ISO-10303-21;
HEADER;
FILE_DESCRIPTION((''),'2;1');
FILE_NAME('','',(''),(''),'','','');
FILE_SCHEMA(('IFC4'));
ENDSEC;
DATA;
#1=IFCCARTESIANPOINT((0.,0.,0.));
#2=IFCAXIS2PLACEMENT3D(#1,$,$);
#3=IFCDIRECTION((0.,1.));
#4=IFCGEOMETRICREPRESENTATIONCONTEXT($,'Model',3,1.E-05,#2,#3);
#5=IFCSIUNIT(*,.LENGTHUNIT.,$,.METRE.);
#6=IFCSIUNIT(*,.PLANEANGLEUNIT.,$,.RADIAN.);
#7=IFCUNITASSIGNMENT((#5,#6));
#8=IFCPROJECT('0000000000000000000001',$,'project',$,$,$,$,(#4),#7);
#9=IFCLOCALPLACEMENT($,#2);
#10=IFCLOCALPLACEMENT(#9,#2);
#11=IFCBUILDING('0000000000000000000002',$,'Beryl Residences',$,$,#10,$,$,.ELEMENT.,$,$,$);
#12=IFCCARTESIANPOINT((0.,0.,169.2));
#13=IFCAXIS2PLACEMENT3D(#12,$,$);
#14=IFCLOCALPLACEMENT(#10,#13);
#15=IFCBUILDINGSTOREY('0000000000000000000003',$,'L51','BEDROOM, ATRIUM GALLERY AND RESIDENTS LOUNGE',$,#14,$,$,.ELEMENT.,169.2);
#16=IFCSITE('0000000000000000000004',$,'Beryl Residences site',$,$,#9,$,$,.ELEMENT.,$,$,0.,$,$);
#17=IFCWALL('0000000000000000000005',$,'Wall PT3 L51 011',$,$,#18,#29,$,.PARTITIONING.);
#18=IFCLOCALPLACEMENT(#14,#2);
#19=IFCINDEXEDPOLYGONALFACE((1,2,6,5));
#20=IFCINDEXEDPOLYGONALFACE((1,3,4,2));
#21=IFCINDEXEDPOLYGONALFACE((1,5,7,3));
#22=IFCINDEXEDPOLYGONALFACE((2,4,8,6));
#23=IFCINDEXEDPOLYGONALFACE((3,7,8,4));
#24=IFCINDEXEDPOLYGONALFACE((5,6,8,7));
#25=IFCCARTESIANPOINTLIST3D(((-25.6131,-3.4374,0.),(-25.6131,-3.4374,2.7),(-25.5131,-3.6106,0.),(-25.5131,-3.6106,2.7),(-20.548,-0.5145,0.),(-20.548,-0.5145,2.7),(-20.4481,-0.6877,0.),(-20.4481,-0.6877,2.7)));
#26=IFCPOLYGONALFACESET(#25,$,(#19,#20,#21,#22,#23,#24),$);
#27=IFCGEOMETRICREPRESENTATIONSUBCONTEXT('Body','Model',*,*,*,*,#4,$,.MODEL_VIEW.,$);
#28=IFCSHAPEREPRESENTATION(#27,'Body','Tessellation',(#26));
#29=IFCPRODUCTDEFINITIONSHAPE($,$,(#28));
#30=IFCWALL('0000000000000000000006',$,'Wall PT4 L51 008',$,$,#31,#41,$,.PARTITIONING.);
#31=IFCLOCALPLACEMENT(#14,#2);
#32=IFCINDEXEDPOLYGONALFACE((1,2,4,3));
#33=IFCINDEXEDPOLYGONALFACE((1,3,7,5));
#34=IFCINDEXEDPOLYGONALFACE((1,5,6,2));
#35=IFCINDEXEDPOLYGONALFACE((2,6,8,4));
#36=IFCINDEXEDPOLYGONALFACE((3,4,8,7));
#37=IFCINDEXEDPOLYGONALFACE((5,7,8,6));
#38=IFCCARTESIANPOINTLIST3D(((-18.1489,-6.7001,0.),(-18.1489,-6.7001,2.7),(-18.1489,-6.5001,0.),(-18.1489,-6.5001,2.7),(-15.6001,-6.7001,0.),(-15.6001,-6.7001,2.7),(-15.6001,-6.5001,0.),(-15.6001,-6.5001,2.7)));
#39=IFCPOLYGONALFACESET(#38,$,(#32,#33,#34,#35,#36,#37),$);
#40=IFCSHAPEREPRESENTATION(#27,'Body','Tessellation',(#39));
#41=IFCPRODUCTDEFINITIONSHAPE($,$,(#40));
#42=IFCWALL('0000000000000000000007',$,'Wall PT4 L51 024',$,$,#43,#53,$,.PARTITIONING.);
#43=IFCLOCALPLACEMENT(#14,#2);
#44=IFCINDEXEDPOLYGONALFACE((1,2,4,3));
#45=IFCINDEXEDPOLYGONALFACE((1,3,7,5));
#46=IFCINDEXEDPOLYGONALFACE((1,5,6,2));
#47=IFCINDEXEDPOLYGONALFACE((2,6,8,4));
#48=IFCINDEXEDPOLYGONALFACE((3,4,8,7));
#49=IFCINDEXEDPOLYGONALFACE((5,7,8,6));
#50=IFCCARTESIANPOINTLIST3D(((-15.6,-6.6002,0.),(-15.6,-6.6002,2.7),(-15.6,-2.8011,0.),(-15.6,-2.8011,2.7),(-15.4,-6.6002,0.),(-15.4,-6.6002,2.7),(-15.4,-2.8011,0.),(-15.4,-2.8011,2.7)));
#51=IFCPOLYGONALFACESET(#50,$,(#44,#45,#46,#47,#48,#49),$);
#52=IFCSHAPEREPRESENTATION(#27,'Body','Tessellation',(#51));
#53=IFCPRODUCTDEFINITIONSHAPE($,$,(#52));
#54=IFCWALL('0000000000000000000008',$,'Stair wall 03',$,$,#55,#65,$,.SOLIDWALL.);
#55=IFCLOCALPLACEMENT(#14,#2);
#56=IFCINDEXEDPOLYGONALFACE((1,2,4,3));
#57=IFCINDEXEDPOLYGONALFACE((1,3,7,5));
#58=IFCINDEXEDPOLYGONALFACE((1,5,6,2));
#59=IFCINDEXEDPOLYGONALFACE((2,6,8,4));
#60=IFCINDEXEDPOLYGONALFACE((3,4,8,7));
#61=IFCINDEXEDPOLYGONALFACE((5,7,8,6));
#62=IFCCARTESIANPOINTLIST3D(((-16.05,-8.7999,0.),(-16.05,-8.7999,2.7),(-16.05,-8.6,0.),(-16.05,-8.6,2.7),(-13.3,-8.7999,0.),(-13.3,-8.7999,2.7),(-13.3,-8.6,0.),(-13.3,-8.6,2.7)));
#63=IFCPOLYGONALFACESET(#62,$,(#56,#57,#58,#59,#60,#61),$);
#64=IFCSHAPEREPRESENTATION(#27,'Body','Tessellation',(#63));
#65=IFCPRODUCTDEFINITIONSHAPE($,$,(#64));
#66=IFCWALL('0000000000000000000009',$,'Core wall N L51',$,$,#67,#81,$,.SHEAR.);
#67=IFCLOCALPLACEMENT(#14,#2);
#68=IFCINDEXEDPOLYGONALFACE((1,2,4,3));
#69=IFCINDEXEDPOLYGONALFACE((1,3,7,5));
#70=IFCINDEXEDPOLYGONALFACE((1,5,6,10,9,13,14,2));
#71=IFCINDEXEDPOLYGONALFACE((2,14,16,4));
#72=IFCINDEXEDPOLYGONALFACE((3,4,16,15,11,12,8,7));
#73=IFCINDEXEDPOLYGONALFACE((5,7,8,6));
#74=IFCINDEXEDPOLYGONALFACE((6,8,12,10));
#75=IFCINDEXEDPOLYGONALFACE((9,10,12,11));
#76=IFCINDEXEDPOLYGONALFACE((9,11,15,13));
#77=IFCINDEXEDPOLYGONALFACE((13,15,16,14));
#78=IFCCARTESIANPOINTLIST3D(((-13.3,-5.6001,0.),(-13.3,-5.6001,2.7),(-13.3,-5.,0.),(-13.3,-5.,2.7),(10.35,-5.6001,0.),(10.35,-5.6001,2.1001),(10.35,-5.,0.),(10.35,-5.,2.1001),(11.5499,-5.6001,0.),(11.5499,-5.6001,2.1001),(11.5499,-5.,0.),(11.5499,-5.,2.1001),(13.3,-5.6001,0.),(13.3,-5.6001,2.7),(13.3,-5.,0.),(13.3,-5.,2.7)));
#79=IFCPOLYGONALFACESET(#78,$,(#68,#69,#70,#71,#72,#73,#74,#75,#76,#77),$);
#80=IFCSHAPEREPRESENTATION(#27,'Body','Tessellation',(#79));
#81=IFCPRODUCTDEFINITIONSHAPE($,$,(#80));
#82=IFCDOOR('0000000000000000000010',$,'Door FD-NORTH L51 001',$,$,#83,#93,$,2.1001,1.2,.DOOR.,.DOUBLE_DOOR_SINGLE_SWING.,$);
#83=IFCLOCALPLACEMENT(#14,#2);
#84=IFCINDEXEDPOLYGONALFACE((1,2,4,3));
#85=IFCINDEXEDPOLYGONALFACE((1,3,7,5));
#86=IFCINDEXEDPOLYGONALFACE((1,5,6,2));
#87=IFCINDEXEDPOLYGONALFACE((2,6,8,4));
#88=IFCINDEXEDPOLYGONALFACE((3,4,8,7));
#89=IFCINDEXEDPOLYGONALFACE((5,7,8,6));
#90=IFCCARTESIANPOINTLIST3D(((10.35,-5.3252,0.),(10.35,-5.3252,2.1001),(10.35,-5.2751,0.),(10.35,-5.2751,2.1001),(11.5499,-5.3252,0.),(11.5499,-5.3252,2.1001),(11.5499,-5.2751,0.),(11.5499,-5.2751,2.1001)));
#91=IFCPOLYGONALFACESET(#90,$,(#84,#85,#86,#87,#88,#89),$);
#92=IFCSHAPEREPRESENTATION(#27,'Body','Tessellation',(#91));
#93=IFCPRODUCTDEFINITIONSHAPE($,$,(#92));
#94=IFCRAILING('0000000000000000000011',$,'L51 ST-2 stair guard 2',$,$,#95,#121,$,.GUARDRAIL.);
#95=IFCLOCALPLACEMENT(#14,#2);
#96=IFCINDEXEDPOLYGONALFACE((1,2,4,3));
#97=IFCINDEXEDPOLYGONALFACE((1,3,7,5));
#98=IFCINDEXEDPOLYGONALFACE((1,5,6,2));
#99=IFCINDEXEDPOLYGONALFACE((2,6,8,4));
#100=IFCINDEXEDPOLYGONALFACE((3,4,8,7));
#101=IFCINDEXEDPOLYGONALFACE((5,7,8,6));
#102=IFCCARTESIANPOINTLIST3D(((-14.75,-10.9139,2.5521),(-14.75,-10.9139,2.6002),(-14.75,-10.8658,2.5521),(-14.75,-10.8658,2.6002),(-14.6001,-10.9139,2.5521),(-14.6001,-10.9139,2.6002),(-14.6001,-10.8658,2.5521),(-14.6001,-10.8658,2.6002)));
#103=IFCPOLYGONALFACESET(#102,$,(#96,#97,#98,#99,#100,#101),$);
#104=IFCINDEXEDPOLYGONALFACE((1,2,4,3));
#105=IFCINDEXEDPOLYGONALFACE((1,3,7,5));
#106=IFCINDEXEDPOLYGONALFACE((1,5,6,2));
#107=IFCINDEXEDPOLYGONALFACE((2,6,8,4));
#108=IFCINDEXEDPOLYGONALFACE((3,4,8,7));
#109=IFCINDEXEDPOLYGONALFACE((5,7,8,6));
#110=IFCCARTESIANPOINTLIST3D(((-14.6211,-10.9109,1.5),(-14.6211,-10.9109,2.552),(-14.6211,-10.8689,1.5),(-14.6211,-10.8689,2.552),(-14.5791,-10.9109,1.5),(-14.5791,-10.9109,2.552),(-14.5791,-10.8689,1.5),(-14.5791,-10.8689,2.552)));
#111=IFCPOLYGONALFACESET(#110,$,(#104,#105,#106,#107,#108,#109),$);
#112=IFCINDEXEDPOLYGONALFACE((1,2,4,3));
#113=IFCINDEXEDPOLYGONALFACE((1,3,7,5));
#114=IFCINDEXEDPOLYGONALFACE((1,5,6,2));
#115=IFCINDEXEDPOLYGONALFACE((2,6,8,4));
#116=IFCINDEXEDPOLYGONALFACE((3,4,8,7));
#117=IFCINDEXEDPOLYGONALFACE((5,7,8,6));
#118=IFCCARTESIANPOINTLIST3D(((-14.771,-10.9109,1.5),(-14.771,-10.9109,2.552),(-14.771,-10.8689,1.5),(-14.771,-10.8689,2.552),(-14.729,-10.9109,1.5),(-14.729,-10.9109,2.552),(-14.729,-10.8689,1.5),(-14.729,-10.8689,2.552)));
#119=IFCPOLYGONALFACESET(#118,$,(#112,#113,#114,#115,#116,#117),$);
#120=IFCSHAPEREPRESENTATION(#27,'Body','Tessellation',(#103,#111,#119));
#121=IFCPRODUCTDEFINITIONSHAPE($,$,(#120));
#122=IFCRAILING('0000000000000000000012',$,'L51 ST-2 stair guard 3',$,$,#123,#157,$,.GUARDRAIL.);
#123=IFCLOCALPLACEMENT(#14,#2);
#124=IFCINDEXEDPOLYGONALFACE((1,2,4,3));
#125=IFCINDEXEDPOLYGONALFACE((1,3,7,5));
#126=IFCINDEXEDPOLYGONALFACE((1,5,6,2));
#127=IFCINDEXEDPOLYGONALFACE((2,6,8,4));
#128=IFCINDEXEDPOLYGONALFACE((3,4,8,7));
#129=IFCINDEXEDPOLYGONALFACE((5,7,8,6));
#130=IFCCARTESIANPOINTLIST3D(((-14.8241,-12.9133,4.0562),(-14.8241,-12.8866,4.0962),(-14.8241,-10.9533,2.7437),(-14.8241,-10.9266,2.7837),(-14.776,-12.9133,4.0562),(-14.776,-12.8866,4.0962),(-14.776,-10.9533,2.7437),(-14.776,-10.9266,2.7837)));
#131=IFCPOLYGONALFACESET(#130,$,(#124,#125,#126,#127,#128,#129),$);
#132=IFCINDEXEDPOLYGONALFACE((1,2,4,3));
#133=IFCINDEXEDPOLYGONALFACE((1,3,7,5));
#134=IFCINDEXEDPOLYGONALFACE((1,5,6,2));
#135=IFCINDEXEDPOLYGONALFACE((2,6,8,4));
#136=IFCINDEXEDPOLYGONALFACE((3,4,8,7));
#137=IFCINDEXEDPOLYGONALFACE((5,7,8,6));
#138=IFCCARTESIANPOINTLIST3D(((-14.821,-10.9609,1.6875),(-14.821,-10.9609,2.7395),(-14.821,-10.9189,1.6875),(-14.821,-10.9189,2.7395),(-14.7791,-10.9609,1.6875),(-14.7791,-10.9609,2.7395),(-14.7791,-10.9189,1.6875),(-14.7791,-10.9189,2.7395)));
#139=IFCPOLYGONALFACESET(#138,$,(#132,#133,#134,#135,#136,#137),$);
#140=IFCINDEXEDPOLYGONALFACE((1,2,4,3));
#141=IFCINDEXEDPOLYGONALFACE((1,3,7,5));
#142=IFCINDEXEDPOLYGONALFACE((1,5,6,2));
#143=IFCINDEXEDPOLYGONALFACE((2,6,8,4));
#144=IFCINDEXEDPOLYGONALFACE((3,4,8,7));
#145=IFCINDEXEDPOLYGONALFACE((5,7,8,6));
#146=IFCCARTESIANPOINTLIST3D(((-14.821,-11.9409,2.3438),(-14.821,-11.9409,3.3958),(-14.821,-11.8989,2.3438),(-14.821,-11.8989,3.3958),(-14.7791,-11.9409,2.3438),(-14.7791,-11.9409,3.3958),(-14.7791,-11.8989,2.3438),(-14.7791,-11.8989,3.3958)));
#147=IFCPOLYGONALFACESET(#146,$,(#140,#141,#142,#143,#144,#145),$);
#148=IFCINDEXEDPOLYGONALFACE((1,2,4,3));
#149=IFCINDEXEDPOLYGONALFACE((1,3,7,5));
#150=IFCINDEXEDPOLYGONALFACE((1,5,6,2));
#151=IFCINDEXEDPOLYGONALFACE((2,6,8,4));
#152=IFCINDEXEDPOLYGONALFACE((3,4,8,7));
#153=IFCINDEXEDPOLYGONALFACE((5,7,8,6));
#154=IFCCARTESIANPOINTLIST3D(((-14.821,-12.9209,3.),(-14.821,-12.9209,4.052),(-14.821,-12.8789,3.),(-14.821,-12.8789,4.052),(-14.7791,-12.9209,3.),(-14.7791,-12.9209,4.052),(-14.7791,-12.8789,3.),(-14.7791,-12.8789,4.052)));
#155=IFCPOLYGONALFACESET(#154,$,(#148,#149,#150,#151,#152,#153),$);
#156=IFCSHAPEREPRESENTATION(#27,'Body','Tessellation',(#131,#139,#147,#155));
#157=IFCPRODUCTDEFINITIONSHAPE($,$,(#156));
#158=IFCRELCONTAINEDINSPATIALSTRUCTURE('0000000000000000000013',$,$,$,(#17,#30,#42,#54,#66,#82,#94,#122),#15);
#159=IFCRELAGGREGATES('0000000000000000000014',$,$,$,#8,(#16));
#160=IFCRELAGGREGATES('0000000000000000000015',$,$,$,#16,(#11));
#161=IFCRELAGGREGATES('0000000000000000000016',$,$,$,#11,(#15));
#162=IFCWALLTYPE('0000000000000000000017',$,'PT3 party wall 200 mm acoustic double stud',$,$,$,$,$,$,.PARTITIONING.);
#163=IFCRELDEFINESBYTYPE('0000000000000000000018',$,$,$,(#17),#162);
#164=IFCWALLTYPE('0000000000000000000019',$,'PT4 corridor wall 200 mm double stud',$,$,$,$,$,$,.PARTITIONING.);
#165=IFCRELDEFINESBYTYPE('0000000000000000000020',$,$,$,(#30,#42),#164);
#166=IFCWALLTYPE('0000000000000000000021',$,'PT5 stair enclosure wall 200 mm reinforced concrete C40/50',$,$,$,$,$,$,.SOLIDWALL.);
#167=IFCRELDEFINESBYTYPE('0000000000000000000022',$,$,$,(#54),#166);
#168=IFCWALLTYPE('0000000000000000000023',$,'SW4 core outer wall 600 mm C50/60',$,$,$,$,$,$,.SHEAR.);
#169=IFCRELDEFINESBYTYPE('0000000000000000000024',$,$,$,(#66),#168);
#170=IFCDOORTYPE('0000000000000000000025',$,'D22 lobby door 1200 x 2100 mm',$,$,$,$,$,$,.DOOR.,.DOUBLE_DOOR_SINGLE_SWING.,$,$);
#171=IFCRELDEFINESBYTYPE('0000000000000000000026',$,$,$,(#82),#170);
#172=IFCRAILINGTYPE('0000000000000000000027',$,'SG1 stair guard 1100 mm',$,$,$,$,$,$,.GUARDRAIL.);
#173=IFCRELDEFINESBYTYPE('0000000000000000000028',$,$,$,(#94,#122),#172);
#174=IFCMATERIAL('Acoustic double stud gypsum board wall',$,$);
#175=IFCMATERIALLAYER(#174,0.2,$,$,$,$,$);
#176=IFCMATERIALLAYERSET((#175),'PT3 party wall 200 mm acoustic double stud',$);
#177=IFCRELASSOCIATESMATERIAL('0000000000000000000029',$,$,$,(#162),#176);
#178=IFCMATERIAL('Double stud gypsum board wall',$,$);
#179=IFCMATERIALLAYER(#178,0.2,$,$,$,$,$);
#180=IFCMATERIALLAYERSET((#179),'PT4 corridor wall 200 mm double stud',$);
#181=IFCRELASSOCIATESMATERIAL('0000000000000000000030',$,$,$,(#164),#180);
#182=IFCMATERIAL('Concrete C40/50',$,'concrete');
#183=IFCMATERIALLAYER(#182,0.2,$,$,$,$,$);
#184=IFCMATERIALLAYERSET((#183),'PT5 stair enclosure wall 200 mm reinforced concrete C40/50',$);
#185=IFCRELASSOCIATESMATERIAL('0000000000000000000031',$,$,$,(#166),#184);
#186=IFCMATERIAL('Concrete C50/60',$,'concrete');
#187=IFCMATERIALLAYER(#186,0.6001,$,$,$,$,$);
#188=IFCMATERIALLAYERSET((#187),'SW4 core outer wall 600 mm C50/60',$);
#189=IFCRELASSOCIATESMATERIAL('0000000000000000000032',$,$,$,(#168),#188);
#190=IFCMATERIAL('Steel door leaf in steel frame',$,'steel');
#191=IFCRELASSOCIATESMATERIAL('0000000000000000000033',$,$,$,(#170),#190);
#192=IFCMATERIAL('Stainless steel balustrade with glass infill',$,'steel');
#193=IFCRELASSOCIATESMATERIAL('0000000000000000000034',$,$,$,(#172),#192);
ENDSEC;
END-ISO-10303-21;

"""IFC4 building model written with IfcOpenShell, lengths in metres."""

from ifc_helpers import new_model, si_unit, direction, frame, frame_2d, origin, origin_2d, place, context, subcontext, project, spatial, rectangle, extrude, material, layer, layer_set, type_object, element, fill, save


model = new_model("IFC4")

# Units and contexts
model_context = context("Model", 3, precision=1e-05, world=origin(), true_north=direction((0.0, 1.0)))
body_context = subcontext(model_context, "Body", "Model", "MODEL_VIEW")
ifc_project = project(units=[si_unit("LENGTHUNIT", "METRE"), si_unit("PLANEANGLEUNIT", "RADIAN")], contexts=[model_context])

# Site, building, storey
site_placement = place(None, origin())
site = spatial("IfcSite", under=ifc_project, at=site_placement, Name="Beryl Residences site", CompositionType="ELEMENT", RefElevation=0.0)
building_placement = place(site_placement, origin())
building = spatial("IfcBuilding", under=site, at=building_placement, Name="Beryl Residences", CompositionType="ELEMENT")
storey_placement = place(building_placement, frame((0.0, 0.0, 169.2)))
storey = spatial("IfcBuildingStorey", under=building, at=storey_placement, Name="L51", Description="BEDROOM, ATRIUM GALLERY AND RESIDENTS LOUNGE", CompositionType="ELEMENT", Elevation=169.2)

# Walls
ifc_material_1 = material(Name="Acoustic double stud gypsum board wall")
ifc_layer_1 = layer(ifc_material_1, 0.2)
ifc_layer_set_1 = layer_set([ifc_layer_1], Name="PT3 party wall 200 mm acoustic double stud")
wall_type_1 = type_object("IfcWallType", Name="PT3 party wall 200 mm acoustic double stud", PredefinedType="PARTITIONING", material=ifc_layer_set_1)
wall_1_placement = place(storey_placement, frame((-25.563, -3.5239, 0.0), z_axis=(0.0, 0.0, 1.0), x_axis=(0.866129, 0.499821, 0.0)))
element("IfcWall", 1, at=wall_1_placement, inside=storey, type_object=wall_type_1, Name="Wall PT3 L51 011", PredefinedType="PARTITIONING", context=body_context, shape_type="SweptSolid", body=[
    extrude(rectangle(XDim=5.8479, YDim=0.2, at=frame_2d((2.9238, 0.0))), origin(), (0.0, 0.0, 1.0), 2.7),
])
ifc_material_2 = material(Name="Double stud gypsum board wall")
ifc_layer_2 = layer(ifc_material_2, 0.2)
ifc_layer_set_2 = layer_set([ifc_layer_2], Name="PT4 corridor wall 200 mm double stud")
wall_type_2 = type_object("IfcWallType", Name="PT4 corridor wall 200 mm double stud", PredefinedType="PARTITIONING", material=ifc_layer_set_2)
wall_2_placement = place(storey_placement, frame((-18.1489, -6.6001, 0.0), z_axis=(0.0, 0.0, 1.0), x_axis=(1.0, 0.0, 0.0)))
element("IfcWall", 2, at=wall_2_placement, inside=storey, type_object=wall_type_2, Name="Wall PT4 L51 008", PredefinedType="PARTITIONING", context=body_context, shape_type="SweptSolid", body=[
    extrude(rectangle(XDim=2.5488, YDim=0.2, at=frame_2d((1.2744, 0.0))), origin(), (0.0, 0.0, 1.0), 2.7),
])
wall_3_placement = place(storey_placement, frame((-15.5, -6.6001, 0.0), z_axis=(0.0, 0.0, 1.0), x_axis=(0.0, 1.0, 0.0)))
element("IfcWall", 3, at=wall_3_placement, inside=storey, type_object=wall_type_2, Name="Wall PT4 L51 024", PredefinedType="PARTITIONING", context=body_context, shape_type="SweptSolid", body=[
    extrude(rectangle(XDim=3.7991, YDim=0.2, at=frame_2d((1.8994, 0.0))), origin(), (0.0, 0.0, 1.0), 2.7),
])
ifc_material_3 = material(Name="Concrete C40/50", Category="concrete")
ifc_layer_3 = layer(ifc_material_3, 0.2)
ifc_layer_set_3 = layer_set([ifc_layer_3], Name="PT5 stair enclosure wall 200 mm reinforced concrete C40/50")
wall_type_3 = type_object("IfcWallType", Name="PT5 stair enclosure wall 200 mm reinforced concrete C40/50", PredefinedType="SOLIDWALL", material=ifc_layer_set_3)
wall_4_placement = place(storey_placement, frame((-16.05, -8.7, 0.0), z_axis=(0.0, 0.0, 1.0), x_axis=(1.0, 0.0, 0.0)))
element("IfcWall", 4, at=wall_4_placement, inside=storey, type_object=wall_type_3, Name="Stair wall 03", PredefinedType="SOLIDWALL", context=body_context, shape_type="SweptSolid", body=[
    extrude(rectangle(XDim=2.75, YDim=0.2, at=frame_2d((1.375, 0.0))), origin(), (0.0, 0.0, 1.0), 2.7),
])

# Wall, opening, door
ifc_material_4 = material(Name="Concrete C50/60", Category="concrete")
ifc_layer_4 = layer(ifc_material_4, 0.6001)
ifc_layer_set_4 = layer_set([ifc_layer_4], Name="SW4 core outer wall 600 mm C50/60")
wall_type_4 = type_object("IfcWallType", Name="SW4 core outer wall 600 mm C50/60", PredefinedType="SHEAR", material=ifc_layer_set_4)
wall_5_placement = place(storey_placement, frame((-13.3, -5.3, 0.0), z_axis=(0.0, 0.0, 1.0), x_axis=(1.0, 0.0, 0.0)))
wall_5 = element("IfcWall", 5, at=wall_5_placement, inside=storey, type_object=wall_type_4, Name="Core wall N L51", PredefinedType="SHEAR", context=body_context, shape_type="SweptSolid", body=[
    extrude(rectangle(XDim=26.6001, YDim=0.6001, at=frame_2d((13.3, 0.0))), origin(), (0.0, 0.0, 1.0), 2.7),
])
opening_1_placement = place(wall_5_placement, frame((23.6499, 0.0, 0.0)))
opening_1 = element("IfcOpeningElement", 6, at=opening_1_placement, cuts=wall_5, PredefinedType="OPENING", context=body_context, shape_type="SweptSolid", body=[
    extrude(rectangle(XDim=1.2, YDim=2.1001, at=frame_2d((0.6001, 1.05))), frame((0.0, 0.3101, 0.0), z_axis=(0.0, -1.0, 0.0), x_axis=(1.0, 0.0, 0.0)), (0.0, 0.0, 1.0), 0.6201),
])
ifc_material_5 = material(Name="Steel door leaf in steel frame", Category="steel")
door_type = type_object("IfcDoorType", Name="D22 lobby door 1200 x 2100 mm", OperationType="DOUBLE_DOOR_SINGLE_SWING", PredefinedType="DOOR", material=ifc_material_5)
door_placement = place(opening_1_placement, origin())
door = element("IfcDoor", 7, at=door_placement, inside=storey, type_object=door_type, Name="Door FD-NORTH L51 001", OperationType="DOUBLE_DOOR_SINGLE_SWING", OverallHeight=2.1001, OverallWidth=1.2, PredefinedType="DOOR", context=body_context, shape_type="SweptSolid", body=[
    extrude(rectangle(XDim=1.2, YDim=2.1001, at=frame_2d((0.6001, 1.05))), frame((0.0, 0.0249, 0.0), z_axis=(0.0, -1.0, 0.0), x_axis=(1.0, 0.0, 0.0)), (0.0, 0.0, 1.0), 0.05),
])
fill(opening_1, door)

# Railings
ifc_material_6 = material(Name="Stainless steel balustrade with glass infill", Category="steel")
railing_type_1 = type_object("IfcRailingType", Name="SG1 stair guard 1100 mm", PredefinedType="GUARDRAIL", material=ifc_material_6)
railing_1_placement = place(storey_placement, frame((-14.6001, -10.8899, 1.5)))
element("IfcRailing", 8, at=railing_1_placement, inside=storey, type_object=railing_type_1, Name="L51 ST-2 stair guard 2", PredefinedType="GUARDRAIL", context=body_context, shape_type="SweptSolid", body=[
    extrude(rectangle(XDim=0.0481, YDim=0.0481, at=origin_2d()), frame((0.0, 0.0, 1.0762), z_axis=(-1.0, 0.0, 0.0), x_axis=(0.0, -1.0, 0.0)), (0.0, 0.0, 1.0), 0.1499),
    extrude(rectangle(XDim=0.042, YDim=0.042, at=origin_2d()), origin(), (0.0, 0.0, 1.0), 1.052),
    extrude(rectangle(XDim=0.042, YDim=0.042, at=origin_2d()), frame((-0.1499, 0.0, 0.0)), (0.0, 0.0, 1.0), 1.052),
])
railing_2_placement = place(storey_placement, frame((-14.8, -10.9399, 1.6875)))
element("IfcRailing", 9, at=railing_2_placement, inside=storey, type_object=railing_type_1, Name="L51 ST-2 stair guard 3", PredefinedType="GUARDRAIL", context=body_context, shape_type="SweptSolid", body=[
    extrude(rectangle(XDim=0.0481, YDim=0.0481, at=origin_2d()), frame((0.0, 0.0, 1.0762), z_axis=(0.0, -0.830902, 0.556419), x_axis=(1.0, 0.0, 0.0)), (0.0, 0.0, 1.0), 2.3589),
    extrude(rectangle(XDim=0.042, YDim=0.042, at=origin_2d()), origin(), (0.0, 0.0, 1.0), 1.052),
    extrude(rectangle(XDim=0.042, YDim=0.042, at=origin_2d()), frame((0.0, -0.98, 0.6562)), (0.0, 0.0, 1.0), 1.052),
    extrude(rectangle(XDim=0.042, YDim=0.042, at=origin_2d()), frame((0.0, -1.96, 1.3125)), (0.0, 0.0, 1.0), 1.052),
])

save(model, "model.ifc")
